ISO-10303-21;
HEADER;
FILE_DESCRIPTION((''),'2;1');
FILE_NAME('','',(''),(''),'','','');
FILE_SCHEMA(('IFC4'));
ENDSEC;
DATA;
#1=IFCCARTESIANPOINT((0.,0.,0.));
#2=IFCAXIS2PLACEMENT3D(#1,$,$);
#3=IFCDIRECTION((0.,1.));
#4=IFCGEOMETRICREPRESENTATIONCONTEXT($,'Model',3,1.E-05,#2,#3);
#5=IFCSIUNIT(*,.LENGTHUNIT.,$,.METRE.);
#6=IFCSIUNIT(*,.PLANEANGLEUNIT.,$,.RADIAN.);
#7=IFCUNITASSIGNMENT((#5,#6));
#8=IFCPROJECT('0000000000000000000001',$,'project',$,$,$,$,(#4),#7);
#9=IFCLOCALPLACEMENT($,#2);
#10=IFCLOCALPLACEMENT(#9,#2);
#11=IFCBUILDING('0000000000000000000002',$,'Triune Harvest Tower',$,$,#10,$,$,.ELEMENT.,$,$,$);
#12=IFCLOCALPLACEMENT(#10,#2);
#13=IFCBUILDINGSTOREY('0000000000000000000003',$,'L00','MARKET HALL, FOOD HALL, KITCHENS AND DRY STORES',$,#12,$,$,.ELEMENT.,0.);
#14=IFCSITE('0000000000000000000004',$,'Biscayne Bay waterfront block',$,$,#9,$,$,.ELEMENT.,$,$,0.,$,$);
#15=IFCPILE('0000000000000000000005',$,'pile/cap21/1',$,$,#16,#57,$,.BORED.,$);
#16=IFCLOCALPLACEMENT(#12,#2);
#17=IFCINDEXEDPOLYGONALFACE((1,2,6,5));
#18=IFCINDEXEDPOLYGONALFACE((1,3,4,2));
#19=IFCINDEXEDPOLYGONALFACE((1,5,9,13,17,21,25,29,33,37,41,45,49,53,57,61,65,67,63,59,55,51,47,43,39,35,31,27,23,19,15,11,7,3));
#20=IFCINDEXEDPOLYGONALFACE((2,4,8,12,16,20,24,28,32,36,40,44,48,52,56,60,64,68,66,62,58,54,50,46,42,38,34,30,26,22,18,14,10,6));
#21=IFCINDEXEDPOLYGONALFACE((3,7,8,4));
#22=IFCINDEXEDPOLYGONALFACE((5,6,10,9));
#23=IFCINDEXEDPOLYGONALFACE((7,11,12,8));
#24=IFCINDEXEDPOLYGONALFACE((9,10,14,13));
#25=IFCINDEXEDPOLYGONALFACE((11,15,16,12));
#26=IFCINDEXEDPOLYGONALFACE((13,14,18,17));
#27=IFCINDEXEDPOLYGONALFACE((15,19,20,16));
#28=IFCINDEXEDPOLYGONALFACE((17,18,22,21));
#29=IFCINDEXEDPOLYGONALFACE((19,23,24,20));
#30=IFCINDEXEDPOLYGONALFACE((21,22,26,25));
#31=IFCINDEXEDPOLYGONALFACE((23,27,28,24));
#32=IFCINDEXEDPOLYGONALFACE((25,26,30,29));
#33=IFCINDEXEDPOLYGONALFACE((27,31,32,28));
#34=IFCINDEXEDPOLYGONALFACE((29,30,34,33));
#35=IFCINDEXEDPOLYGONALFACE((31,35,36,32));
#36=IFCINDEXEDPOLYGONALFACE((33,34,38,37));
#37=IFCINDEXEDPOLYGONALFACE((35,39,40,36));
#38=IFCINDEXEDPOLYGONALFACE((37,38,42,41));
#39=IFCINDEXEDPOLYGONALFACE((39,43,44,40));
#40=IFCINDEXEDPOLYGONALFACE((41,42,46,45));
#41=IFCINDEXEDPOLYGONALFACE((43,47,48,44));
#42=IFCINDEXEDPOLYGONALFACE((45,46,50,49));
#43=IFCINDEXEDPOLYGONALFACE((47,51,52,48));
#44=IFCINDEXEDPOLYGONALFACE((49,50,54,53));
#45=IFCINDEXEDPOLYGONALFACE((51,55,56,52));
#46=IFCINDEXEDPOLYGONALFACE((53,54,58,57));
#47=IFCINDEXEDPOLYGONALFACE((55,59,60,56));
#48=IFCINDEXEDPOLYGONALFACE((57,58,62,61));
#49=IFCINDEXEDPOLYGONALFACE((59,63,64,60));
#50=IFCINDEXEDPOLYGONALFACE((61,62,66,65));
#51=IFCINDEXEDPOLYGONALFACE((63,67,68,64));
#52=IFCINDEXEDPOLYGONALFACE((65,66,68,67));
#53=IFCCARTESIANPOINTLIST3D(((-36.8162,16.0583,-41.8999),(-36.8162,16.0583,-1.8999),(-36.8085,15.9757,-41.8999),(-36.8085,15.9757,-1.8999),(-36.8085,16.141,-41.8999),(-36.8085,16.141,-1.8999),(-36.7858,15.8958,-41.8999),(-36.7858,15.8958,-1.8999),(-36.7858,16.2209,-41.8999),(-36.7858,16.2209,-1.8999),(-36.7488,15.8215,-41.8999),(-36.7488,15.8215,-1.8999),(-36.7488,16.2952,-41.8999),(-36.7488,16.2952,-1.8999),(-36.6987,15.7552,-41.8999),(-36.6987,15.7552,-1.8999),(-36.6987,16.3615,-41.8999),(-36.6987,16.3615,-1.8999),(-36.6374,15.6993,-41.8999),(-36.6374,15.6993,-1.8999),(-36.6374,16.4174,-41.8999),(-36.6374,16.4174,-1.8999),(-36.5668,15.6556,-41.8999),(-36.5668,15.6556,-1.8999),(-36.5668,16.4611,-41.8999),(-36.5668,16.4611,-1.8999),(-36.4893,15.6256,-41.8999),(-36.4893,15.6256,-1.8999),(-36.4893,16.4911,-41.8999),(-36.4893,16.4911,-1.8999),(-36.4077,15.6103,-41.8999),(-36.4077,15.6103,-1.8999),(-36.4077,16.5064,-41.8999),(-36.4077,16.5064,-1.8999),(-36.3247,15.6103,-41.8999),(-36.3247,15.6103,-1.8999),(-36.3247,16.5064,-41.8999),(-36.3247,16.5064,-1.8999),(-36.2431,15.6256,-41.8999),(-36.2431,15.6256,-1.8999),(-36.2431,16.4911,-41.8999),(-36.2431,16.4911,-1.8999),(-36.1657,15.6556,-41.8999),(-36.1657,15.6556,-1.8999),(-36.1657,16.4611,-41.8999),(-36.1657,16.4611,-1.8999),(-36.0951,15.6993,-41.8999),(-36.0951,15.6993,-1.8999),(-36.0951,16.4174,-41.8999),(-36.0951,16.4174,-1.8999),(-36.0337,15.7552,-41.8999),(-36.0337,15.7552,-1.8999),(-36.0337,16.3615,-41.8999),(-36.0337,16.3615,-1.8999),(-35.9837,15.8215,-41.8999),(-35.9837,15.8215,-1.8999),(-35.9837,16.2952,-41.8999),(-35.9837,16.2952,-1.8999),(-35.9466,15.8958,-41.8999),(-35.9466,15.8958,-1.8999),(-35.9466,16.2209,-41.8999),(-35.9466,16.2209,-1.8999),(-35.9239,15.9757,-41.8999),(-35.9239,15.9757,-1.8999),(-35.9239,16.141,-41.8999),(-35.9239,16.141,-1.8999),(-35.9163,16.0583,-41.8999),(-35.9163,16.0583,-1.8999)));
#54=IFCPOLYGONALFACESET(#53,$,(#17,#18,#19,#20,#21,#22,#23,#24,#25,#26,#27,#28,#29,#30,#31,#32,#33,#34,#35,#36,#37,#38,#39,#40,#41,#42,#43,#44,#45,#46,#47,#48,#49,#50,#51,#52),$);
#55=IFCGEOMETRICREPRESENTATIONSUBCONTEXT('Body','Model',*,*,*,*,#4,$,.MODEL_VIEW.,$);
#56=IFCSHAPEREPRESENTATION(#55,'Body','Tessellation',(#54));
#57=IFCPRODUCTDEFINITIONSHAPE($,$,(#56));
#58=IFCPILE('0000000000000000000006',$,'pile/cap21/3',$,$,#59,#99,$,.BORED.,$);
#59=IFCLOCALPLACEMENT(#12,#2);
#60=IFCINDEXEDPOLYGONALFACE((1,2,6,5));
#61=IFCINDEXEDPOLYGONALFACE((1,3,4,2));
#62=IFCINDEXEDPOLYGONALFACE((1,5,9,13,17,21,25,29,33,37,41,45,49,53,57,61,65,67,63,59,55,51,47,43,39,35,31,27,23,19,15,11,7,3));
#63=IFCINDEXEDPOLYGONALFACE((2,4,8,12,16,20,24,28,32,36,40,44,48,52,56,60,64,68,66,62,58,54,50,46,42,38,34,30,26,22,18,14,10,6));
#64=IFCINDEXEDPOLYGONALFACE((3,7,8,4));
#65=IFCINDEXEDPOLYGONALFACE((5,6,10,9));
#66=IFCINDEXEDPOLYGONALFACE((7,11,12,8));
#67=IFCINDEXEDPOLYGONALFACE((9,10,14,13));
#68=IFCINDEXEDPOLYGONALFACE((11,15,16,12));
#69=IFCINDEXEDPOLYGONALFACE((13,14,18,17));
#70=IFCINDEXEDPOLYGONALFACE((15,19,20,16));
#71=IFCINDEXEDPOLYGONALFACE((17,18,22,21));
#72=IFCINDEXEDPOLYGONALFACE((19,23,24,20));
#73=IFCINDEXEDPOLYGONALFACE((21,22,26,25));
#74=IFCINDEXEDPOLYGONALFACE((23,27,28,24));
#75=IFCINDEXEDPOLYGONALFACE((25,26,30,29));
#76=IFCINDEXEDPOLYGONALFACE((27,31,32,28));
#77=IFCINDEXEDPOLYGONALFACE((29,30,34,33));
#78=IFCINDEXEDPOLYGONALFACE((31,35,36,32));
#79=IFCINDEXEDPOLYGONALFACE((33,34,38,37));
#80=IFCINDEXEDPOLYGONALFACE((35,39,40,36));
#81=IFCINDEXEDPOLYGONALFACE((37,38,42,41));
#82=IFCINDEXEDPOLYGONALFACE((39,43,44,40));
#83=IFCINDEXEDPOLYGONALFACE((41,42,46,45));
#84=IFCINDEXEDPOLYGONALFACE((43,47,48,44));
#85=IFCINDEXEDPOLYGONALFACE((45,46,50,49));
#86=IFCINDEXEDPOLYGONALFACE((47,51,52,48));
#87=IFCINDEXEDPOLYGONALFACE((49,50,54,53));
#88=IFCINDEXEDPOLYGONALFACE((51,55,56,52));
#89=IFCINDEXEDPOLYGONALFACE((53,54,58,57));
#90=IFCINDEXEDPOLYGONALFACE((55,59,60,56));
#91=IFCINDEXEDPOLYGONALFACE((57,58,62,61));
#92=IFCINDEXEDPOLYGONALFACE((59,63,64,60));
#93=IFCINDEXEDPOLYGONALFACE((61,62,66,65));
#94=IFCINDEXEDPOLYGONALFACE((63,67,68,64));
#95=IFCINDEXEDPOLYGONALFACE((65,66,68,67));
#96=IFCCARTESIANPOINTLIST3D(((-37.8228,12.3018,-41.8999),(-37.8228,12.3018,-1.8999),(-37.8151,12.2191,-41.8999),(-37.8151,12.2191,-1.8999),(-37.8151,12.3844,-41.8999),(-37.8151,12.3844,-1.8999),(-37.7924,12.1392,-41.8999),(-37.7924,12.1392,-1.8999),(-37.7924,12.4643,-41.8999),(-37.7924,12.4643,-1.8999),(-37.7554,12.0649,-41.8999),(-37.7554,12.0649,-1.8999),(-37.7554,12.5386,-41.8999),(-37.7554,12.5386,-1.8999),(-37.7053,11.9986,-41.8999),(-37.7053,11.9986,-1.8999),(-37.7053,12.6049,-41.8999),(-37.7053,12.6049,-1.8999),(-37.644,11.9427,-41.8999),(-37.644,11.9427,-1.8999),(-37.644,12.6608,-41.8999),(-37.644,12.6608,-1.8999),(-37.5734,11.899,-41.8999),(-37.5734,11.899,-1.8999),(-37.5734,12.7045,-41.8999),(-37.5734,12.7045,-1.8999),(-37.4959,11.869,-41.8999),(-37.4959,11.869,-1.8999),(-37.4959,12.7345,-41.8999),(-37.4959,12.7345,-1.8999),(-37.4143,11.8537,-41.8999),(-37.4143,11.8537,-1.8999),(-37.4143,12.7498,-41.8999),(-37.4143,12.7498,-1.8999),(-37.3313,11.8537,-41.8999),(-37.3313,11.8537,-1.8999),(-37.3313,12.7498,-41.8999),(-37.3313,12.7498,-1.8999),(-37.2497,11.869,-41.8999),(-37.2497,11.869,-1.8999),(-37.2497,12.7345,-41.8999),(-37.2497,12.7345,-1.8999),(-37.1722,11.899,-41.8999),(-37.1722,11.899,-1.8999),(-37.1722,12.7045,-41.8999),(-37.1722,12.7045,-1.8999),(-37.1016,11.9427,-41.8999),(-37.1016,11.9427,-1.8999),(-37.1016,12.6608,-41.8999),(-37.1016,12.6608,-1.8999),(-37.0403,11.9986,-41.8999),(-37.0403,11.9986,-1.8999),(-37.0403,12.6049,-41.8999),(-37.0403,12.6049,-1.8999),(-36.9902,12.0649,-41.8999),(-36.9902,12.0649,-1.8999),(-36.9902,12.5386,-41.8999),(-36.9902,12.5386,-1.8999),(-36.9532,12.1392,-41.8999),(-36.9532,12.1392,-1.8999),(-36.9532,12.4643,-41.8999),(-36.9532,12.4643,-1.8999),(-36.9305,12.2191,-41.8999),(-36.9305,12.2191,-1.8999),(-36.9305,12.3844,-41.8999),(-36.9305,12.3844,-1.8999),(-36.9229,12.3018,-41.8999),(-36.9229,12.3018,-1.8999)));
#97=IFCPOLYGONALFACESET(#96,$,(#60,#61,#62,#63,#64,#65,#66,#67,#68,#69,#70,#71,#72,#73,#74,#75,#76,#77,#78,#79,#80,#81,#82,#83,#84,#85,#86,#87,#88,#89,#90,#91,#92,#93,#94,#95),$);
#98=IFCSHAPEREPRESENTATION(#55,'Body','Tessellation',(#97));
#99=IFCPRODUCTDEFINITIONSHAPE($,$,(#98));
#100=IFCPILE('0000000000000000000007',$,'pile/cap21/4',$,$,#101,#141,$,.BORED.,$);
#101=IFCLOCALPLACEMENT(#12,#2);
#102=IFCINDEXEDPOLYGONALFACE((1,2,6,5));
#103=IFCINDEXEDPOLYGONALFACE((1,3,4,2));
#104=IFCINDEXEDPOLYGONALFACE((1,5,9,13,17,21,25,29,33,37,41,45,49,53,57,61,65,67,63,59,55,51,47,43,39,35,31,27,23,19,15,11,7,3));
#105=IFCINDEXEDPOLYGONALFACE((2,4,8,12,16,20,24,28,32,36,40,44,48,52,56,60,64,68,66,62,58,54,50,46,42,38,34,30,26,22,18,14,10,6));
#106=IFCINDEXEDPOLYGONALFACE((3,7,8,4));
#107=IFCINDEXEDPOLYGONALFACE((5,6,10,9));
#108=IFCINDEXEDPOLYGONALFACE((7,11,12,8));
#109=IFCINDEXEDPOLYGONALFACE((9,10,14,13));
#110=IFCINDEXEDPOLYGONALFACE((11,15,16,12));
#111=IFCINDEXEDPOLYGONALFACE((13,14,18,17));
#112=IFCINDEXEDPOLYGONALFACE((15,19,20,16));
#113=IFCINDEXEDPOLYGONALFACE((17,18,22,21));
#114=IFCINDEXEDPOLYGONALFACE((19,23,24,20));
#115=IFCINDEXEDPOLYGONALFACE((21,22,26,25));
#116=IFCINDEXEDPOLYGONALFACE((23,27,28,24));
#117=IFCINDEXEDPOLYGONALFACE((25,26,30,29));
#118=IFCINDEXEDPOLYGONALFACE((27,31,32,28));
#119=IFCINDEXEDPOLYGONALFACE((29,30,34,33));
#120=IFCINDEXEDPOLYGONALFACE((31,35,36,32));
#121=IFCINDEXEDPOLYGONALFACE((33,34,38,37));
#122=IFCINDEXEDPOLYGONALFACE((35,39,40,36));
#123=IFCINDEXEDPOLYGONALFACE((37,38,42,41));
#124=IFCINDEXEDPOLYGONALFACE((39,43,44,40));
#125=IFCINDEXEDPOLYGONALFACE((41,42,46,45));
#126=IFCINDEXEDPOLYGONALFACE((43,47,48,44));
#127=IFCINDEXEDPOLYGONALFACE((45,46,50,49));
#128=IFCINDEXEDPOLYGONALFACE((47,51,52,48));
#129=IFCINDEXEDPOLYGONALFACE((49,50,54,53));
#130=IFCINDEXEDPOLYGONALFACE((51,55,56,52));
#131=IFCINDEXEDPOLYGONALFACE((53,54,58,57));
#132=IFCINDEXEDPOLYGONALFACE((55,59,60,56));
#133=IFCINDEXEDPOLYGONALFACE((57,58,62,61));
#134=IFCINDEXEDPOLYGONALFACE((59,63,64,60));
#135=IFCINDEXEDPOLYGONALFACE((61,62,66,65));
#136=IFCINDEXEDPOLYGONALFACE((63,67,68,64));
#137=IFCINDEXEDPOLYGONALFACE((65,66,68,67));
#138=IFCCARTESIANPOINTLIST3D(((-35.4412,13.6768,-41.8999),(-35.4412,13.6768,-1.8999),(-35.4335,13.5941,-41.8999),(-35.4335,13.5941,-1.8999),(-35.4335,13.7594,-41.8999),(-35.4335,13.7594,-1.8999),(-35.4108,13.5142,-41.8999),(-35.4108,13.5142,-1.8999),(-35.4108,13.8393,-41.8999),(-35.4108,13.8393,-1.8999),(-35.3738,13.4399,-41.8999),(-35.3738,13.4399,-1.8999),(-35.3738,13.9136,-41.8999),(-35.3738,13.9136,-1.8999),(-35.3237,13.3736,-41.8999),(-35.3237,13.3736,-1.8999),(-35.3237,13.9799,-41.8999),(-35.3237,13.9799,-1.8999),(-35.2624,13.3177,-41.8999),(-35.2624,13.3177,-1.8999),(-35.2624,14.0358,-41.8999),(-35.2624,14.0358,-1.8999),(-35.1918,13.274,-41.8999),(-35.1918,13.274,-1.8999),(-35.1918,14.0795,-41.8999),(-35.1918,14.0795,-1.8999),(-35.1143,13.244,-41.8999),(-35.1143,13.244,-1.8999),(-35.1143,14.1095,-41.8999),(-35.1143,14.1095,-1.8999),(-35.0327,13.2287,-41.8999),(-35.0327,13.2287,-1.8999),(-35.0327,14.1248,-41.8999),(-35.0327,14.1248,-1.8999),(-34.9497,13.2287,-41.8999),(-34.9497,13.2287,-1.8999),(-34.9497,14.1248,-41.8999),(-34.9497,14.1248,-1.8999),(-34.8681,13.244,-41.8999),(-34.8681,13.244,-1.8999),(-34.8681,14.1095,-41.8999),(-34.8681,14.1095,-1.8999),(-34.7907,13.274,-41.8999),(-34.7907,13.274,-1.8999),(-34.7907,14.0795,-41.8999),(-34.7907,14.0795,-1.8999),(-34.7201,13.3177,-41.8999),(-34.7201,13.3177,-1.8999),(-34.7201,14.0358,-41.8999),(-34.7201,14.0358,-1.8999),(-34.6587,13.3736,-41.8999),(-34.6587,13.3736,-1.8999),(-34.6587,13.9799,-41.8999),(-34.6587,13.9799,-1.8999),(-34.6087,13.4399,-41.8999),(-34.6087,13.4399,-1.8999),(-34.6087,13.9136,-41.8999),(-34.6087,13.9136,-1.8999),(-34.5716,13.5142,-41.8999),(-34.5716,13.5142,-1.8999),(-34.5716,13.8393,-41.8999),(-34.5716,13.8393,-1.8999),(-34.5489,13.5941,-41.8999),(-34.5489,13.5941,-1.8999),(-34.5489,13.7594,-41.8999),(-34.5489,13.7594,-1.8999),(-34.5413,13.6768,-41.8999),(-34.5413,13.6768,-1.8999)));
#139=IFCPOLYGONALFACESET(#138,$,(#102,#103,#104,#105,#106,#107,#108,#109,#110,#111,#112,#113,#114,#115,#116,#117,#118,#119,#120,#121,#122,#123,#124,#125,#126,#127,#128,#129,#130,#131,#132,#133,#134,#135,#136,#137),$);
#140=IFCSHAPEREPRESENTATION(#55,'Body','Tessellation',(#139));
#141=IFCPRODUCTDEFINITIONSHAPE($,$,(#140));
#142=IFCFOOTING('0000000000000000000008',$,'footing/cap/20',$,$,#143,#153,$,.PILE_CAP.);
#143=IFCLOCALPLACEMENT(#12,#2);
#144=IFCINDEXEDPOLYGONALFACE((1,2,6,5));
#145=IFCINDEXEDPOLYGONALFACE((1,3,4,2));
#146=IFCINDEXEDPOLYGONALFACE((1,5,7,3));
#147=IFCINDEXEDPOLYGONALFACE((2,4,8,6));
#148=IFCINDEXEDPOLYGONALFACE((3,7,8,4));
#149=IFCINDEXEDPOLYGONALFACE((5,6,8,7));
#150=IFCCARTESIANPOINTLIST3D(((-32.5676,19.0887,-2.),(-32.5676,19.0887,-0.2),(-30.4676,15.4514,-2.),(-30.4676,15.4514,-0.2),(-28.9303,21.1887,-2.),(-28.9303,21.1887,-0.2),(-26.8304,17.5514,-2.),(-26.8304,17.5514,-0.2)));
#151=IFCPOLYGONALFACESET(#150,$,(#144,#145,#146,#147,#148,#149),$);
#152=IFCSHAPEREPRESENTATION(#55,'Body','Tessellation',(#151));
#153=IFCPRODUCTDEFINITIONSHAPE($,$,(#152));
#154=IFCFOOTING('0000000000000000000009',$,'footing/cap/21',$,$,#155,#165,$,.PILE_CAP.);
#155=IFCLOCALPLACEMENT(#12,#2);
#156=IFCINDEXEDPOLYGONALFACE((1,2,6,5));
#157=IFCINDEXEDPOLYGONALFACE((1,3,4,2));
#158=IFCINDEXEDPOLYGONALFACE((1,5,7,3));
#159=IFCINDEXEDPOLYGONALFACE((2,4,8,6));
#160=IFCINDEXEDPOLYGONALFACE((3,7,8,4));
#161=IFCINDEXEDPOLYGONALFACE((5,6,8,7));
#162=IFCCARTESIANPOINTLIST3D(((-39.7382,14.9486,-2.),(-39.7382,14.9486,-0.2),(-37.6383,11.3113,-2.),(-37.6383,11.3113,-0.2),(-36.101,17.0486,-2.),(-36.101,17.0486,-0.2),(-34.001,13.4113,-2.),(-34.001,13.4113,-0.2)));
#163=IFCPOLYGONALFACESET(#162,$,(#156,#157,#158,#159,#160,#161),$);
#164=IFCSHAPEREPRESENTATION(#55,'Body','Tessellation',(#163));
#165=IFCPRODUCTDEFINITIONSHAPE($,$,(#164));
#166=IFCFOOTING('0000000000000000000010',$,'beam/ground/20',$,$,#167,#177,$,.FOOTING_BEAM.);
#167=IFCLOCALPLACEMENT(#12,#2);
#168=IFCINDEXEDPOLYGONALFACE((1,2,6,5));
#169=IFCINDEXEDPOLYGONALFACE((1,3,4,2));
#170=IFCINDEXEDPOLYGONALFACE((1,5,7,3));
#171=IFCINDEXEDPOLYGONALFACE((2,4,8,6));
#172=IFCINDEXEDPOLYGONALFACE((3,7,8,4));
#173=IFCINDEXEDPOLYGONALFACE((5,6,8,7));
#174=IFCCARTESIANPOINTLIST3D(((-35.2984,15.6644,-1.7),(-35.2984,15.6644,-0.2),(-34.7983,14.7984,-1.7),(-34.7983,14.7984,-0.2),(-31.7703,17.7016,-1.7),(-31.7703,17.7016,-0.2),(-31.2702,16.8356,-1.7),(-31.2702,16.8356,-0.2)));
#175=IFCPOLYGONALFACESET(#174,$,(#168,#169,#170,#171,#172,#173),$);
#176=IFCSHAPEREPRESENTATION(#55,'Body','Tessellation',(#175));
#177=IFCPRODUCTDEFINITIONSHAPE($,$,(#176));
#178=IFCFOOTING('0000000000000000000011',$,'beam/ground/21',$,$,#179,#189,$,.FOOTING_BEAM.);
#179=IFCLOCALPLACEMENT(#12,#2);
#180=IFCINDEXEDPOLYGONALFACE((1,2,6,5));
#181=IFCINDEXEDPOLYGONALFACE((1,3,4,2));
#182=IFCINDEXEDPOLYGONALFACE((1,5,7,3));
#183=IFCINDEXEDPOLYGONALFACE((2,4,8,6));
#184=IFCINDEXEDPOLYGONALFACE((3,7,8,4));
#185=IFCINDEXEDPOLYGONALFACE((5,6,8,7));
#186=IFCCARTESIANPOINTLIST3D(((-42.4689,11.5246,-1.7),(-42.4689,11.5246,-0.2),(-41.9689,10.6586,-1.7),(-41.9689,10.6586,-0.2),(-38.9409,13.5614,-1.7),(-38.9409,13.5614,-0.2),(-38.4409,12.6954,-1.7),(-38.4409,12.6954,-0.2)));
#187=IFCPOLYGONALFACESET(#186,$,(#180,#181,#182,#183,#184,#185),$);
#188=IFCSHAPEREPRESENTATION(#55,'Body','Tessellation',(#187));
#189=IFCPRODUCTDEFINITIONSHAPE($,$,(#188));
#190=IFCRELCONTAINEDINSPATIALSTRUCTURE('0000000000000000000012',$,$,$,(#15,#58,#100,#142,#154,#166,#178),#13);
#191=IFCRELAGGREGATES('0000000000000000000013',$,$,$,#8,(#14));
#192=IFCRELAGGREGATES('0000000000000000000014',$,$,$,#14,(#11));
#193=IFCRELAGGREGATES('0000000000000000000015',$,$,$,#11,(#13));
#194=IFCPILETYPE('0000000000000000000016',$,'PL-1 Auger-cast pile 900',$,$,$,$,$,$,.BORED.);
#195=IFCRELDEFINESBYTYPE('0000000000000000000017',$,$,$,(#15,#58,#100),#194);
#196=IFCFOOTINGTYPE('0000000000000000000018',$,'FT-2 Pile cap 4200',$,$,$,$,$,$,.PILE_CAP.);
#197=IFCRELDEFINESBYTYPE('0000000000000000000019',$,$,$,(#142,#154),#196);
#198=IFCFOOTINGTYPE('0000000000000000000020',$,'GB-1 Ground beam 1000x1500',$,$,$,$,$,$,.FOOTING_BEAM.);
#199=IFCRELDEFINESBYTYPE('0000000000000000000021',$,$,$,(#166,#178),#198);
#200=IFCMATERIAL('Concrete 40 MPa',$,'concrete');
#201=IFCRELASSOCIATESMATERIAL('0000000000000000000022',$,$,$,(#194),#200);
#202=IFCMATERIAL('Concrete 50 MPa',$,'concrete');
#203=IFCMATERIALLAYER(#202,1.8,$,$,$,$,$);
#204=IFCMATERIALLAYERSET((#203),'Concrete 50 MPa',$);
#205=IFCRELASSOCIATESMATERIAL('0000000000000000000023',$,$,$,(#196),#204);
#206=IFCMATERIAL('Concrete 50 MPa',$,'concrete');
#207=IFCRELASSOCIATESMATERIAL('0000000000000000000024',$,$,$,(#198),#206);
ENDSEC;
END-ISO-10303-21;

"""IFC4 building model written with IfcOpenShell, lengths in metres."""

from ifc_helpers import new_model, si_unit, direction, frame, origin, origin_2d, place, context, subcontext, project, spatial, rectangle, circle, extrude, source, transform, mapped, material, layer, layer_set, material_profile, profile_set, type_object, element, save


model = new_model("IFC4")

# Units and contexts
model_context = context("Model", 3, precision=1e-05, world=origin(), true_north=direction((0.0, 1.0)))
body_context = subcontext(model_context, "Body", "Model", "MODEL_VIEW")
ifc_project = project(units=[si_unit("LENGTHUNIT", "METRE"), si_unit("PLANEANGLEUNIT", "RADIAN")], contexts=[model_context])

# Site, building, storey
site_placement = place(None, origin())
site = spatial("IfcSite", under=ifc_project, at=site_placement, Name="Biscayne Bay waterfront block", CompositionType="ELEMENT", RefElevation=0.0)
building_placement = place(site_placement, origin())
building = spatial("IfcBuilding", under=site, at=building_placement, Name="Triune Harvest Tower", CompositionType="ELEMENT")
storey_placement = place(building_placement, origin())
storey = spatial("IfcBuildingStorey", under=building, at=storey_placement, Name="L00", Description="MARKET HALL, FOOD HALL, KITCHENS AND DRY STORES", CompositionType="ELEMENT", Elevation=0.0)

# Piles
ifc_material_1 = material(Name="Concrete 40 MPa", Category="concrete")
ifc_material_profile_1 = material_profile(ifc_material_1, circle(Radius=0.45, at=origin_2d()), Name="Bored 900")
ifc_profile_set_1 = profile_set([ifc_material_profile_1], Name="Concrete 40 MPa")
pile_type = type_object("IfcPileType", Name="PL-1 Auger-cast pile 900", PredefinedType="BORED", material=ifc_profile_set_1)
shared_shape_1 = source(origin(), body_context, "Body", "SweptSolid", [
    extrude(circle(Radius=0.45, at=origin_2d()), origin(), (0.0, 0.0, 1.0), 40.0),
])
for number, where, z_axis, x_axis, name in (
    (1, (-36.3662, 16.0583, -1.8999), (0.0, 0.0, -1.0), (1.0, 0.0, 0.0), "pile/cap21/1"),
    (2, (-37.3728, 12.3018, -1.8999), (0.0, 0.0, -1.0), (1.0, 0.0, 0.0), "pile/cap21/3"),
    (3, (-34.9912, 13.6768, -1.8999), (0.0, 0.0, -1.0), (1.0, 0.0, 0.0), "pile/cap21/4"),
):
    element("IfcPile", number, at=place(storey_placement, frame(where, z_axis=z_axis, x_axis=x_axis)), inside=storey, type_object=pile_type, Name=name, PredefinedType="BORED", context=body_context, shape_type="MappedRepresentation", body=[
        mapped(shared_shape_1, transform((0.0, 0.0, 0.0), scale=1.0)),
    ])

# Footings
ifc_material_2 = material(Name="Concrete 50 MPa", Category="concrete")
ifc_layer_1 = layer(ifc_material_2, 1.8)
ifc_layer_set_1 = layer_set([ifc_layer_1], Name="Concrete 50 MPa")
footing_type_1 = type_object("IfcFootingType", Name="FT-2 Pile cap 4200", PredefinedType="PILE_CAP", material=ifc_layer_set_1)
shared_shape_2 = source(origin(), body_context, "Body", "SweptSolid", [
    extrude(rectangle(XDim=4.2, YDim=4.2, at=origin_2d()), origin(), (0.0, 0.0, 1.0), 1.8),
])
for number, where, z_axis, x_axis, name in (
    (4, (-29.699, 18.3201, -2.0), (0.0, 0.0, 1.0), (-0.866025, -0.5, 0.0), "footing/cap/20"),
    (5, (-36.8696, 14.1799, -2.0), (0.0, 0.0, 1.0), (-0.866025, -0.5, 0.0), "footing/cap/21"),
):
    element("IfcFooting", number, at=place(storey_placement, frame(where, z_axis=z_axis, x_axis=x_axis)), inside=storey, type_object=footing_type_1, Name=name, PredefinedType="PILE_CAP", context=body_context, shape_type="MappedRepresentation", body=[
        mapped(shared_shape_2, transform((0.0, 0.0, 0.0), scale=1.0)),
    ])
ifc_material_3 = material(Name="Concrete 50 MPa", Category="concrete")
ifc_material_profile_2 = material_profile(ifc_material_3, rectangle(XDim=1.0, YDim=1.5, at=origin_2d()), Name="Concrete 1000x1500")
ifc_profile_set_2 = profile_set([ifc_material_profile_2], Name="Concrete 50 MPa")
footing_type_2 = type_object("IfcFootingType", Name="GB-1 Ground beam 1000x1500", PredefinedType="FOOTING_BEAM", material=ifc_profile_set_2)
shared_shape_3 = source(origin(), body_context, "Body", "SweptSolid", [
    extrude(rectangle(XDim=1.0, YDim=1.5, at=origin_2d()), origin(), (0.0, 0.0, 1.0), 4.074),
])
footing_1_placement = place(storey_placement, frame((-31.5203, 17.2686, -0.95), z_axis=(-0.866007, -0.500032, 0.0), x_axis=(0.500032, -0.866007, 0.0)))
element("IfcFooting", 6, at=footing_1_placement, inside=storey, type_object=footing_type_2, Name="beam/ground/20", PredefinedType="FOOTING_BEAM", context=body_context, shape_type="MappedRepresentation", body=[
    mapped(shared_shape_3, transform((0.0, 0.0, 0.0), scale=1.0)),
])
shared_shape_4 = source(origin(), body_context, "Body", "SweptSolid", [
    extrude(rectangle(XDim=1.0, YDim=1.5, at=origin_2d()), origin(), (0.0, 0.0, 1.0), 4.0737),
])
footing_2_placement = place(storey_placement, frame((-38.6909, 13.1284, -0.95), z_axis=(-0.866033, -0.499987, 0.0), x_axis=(0.499987, -0.866033, 0.0)))
element("IfcFooting", 7, at=footing_2_placement, inside=storey, type_object=footing_type_2, Name="beam/ground/21", PredefinedType="FOOTING_BEAM", context=body_context, shape_type="MappedRepresentation", body=[
    mapped(shared_shape_4, transform((0.0, 0.0, 0.0), scale=1.0)),
])

save(model, "model.ifc")
